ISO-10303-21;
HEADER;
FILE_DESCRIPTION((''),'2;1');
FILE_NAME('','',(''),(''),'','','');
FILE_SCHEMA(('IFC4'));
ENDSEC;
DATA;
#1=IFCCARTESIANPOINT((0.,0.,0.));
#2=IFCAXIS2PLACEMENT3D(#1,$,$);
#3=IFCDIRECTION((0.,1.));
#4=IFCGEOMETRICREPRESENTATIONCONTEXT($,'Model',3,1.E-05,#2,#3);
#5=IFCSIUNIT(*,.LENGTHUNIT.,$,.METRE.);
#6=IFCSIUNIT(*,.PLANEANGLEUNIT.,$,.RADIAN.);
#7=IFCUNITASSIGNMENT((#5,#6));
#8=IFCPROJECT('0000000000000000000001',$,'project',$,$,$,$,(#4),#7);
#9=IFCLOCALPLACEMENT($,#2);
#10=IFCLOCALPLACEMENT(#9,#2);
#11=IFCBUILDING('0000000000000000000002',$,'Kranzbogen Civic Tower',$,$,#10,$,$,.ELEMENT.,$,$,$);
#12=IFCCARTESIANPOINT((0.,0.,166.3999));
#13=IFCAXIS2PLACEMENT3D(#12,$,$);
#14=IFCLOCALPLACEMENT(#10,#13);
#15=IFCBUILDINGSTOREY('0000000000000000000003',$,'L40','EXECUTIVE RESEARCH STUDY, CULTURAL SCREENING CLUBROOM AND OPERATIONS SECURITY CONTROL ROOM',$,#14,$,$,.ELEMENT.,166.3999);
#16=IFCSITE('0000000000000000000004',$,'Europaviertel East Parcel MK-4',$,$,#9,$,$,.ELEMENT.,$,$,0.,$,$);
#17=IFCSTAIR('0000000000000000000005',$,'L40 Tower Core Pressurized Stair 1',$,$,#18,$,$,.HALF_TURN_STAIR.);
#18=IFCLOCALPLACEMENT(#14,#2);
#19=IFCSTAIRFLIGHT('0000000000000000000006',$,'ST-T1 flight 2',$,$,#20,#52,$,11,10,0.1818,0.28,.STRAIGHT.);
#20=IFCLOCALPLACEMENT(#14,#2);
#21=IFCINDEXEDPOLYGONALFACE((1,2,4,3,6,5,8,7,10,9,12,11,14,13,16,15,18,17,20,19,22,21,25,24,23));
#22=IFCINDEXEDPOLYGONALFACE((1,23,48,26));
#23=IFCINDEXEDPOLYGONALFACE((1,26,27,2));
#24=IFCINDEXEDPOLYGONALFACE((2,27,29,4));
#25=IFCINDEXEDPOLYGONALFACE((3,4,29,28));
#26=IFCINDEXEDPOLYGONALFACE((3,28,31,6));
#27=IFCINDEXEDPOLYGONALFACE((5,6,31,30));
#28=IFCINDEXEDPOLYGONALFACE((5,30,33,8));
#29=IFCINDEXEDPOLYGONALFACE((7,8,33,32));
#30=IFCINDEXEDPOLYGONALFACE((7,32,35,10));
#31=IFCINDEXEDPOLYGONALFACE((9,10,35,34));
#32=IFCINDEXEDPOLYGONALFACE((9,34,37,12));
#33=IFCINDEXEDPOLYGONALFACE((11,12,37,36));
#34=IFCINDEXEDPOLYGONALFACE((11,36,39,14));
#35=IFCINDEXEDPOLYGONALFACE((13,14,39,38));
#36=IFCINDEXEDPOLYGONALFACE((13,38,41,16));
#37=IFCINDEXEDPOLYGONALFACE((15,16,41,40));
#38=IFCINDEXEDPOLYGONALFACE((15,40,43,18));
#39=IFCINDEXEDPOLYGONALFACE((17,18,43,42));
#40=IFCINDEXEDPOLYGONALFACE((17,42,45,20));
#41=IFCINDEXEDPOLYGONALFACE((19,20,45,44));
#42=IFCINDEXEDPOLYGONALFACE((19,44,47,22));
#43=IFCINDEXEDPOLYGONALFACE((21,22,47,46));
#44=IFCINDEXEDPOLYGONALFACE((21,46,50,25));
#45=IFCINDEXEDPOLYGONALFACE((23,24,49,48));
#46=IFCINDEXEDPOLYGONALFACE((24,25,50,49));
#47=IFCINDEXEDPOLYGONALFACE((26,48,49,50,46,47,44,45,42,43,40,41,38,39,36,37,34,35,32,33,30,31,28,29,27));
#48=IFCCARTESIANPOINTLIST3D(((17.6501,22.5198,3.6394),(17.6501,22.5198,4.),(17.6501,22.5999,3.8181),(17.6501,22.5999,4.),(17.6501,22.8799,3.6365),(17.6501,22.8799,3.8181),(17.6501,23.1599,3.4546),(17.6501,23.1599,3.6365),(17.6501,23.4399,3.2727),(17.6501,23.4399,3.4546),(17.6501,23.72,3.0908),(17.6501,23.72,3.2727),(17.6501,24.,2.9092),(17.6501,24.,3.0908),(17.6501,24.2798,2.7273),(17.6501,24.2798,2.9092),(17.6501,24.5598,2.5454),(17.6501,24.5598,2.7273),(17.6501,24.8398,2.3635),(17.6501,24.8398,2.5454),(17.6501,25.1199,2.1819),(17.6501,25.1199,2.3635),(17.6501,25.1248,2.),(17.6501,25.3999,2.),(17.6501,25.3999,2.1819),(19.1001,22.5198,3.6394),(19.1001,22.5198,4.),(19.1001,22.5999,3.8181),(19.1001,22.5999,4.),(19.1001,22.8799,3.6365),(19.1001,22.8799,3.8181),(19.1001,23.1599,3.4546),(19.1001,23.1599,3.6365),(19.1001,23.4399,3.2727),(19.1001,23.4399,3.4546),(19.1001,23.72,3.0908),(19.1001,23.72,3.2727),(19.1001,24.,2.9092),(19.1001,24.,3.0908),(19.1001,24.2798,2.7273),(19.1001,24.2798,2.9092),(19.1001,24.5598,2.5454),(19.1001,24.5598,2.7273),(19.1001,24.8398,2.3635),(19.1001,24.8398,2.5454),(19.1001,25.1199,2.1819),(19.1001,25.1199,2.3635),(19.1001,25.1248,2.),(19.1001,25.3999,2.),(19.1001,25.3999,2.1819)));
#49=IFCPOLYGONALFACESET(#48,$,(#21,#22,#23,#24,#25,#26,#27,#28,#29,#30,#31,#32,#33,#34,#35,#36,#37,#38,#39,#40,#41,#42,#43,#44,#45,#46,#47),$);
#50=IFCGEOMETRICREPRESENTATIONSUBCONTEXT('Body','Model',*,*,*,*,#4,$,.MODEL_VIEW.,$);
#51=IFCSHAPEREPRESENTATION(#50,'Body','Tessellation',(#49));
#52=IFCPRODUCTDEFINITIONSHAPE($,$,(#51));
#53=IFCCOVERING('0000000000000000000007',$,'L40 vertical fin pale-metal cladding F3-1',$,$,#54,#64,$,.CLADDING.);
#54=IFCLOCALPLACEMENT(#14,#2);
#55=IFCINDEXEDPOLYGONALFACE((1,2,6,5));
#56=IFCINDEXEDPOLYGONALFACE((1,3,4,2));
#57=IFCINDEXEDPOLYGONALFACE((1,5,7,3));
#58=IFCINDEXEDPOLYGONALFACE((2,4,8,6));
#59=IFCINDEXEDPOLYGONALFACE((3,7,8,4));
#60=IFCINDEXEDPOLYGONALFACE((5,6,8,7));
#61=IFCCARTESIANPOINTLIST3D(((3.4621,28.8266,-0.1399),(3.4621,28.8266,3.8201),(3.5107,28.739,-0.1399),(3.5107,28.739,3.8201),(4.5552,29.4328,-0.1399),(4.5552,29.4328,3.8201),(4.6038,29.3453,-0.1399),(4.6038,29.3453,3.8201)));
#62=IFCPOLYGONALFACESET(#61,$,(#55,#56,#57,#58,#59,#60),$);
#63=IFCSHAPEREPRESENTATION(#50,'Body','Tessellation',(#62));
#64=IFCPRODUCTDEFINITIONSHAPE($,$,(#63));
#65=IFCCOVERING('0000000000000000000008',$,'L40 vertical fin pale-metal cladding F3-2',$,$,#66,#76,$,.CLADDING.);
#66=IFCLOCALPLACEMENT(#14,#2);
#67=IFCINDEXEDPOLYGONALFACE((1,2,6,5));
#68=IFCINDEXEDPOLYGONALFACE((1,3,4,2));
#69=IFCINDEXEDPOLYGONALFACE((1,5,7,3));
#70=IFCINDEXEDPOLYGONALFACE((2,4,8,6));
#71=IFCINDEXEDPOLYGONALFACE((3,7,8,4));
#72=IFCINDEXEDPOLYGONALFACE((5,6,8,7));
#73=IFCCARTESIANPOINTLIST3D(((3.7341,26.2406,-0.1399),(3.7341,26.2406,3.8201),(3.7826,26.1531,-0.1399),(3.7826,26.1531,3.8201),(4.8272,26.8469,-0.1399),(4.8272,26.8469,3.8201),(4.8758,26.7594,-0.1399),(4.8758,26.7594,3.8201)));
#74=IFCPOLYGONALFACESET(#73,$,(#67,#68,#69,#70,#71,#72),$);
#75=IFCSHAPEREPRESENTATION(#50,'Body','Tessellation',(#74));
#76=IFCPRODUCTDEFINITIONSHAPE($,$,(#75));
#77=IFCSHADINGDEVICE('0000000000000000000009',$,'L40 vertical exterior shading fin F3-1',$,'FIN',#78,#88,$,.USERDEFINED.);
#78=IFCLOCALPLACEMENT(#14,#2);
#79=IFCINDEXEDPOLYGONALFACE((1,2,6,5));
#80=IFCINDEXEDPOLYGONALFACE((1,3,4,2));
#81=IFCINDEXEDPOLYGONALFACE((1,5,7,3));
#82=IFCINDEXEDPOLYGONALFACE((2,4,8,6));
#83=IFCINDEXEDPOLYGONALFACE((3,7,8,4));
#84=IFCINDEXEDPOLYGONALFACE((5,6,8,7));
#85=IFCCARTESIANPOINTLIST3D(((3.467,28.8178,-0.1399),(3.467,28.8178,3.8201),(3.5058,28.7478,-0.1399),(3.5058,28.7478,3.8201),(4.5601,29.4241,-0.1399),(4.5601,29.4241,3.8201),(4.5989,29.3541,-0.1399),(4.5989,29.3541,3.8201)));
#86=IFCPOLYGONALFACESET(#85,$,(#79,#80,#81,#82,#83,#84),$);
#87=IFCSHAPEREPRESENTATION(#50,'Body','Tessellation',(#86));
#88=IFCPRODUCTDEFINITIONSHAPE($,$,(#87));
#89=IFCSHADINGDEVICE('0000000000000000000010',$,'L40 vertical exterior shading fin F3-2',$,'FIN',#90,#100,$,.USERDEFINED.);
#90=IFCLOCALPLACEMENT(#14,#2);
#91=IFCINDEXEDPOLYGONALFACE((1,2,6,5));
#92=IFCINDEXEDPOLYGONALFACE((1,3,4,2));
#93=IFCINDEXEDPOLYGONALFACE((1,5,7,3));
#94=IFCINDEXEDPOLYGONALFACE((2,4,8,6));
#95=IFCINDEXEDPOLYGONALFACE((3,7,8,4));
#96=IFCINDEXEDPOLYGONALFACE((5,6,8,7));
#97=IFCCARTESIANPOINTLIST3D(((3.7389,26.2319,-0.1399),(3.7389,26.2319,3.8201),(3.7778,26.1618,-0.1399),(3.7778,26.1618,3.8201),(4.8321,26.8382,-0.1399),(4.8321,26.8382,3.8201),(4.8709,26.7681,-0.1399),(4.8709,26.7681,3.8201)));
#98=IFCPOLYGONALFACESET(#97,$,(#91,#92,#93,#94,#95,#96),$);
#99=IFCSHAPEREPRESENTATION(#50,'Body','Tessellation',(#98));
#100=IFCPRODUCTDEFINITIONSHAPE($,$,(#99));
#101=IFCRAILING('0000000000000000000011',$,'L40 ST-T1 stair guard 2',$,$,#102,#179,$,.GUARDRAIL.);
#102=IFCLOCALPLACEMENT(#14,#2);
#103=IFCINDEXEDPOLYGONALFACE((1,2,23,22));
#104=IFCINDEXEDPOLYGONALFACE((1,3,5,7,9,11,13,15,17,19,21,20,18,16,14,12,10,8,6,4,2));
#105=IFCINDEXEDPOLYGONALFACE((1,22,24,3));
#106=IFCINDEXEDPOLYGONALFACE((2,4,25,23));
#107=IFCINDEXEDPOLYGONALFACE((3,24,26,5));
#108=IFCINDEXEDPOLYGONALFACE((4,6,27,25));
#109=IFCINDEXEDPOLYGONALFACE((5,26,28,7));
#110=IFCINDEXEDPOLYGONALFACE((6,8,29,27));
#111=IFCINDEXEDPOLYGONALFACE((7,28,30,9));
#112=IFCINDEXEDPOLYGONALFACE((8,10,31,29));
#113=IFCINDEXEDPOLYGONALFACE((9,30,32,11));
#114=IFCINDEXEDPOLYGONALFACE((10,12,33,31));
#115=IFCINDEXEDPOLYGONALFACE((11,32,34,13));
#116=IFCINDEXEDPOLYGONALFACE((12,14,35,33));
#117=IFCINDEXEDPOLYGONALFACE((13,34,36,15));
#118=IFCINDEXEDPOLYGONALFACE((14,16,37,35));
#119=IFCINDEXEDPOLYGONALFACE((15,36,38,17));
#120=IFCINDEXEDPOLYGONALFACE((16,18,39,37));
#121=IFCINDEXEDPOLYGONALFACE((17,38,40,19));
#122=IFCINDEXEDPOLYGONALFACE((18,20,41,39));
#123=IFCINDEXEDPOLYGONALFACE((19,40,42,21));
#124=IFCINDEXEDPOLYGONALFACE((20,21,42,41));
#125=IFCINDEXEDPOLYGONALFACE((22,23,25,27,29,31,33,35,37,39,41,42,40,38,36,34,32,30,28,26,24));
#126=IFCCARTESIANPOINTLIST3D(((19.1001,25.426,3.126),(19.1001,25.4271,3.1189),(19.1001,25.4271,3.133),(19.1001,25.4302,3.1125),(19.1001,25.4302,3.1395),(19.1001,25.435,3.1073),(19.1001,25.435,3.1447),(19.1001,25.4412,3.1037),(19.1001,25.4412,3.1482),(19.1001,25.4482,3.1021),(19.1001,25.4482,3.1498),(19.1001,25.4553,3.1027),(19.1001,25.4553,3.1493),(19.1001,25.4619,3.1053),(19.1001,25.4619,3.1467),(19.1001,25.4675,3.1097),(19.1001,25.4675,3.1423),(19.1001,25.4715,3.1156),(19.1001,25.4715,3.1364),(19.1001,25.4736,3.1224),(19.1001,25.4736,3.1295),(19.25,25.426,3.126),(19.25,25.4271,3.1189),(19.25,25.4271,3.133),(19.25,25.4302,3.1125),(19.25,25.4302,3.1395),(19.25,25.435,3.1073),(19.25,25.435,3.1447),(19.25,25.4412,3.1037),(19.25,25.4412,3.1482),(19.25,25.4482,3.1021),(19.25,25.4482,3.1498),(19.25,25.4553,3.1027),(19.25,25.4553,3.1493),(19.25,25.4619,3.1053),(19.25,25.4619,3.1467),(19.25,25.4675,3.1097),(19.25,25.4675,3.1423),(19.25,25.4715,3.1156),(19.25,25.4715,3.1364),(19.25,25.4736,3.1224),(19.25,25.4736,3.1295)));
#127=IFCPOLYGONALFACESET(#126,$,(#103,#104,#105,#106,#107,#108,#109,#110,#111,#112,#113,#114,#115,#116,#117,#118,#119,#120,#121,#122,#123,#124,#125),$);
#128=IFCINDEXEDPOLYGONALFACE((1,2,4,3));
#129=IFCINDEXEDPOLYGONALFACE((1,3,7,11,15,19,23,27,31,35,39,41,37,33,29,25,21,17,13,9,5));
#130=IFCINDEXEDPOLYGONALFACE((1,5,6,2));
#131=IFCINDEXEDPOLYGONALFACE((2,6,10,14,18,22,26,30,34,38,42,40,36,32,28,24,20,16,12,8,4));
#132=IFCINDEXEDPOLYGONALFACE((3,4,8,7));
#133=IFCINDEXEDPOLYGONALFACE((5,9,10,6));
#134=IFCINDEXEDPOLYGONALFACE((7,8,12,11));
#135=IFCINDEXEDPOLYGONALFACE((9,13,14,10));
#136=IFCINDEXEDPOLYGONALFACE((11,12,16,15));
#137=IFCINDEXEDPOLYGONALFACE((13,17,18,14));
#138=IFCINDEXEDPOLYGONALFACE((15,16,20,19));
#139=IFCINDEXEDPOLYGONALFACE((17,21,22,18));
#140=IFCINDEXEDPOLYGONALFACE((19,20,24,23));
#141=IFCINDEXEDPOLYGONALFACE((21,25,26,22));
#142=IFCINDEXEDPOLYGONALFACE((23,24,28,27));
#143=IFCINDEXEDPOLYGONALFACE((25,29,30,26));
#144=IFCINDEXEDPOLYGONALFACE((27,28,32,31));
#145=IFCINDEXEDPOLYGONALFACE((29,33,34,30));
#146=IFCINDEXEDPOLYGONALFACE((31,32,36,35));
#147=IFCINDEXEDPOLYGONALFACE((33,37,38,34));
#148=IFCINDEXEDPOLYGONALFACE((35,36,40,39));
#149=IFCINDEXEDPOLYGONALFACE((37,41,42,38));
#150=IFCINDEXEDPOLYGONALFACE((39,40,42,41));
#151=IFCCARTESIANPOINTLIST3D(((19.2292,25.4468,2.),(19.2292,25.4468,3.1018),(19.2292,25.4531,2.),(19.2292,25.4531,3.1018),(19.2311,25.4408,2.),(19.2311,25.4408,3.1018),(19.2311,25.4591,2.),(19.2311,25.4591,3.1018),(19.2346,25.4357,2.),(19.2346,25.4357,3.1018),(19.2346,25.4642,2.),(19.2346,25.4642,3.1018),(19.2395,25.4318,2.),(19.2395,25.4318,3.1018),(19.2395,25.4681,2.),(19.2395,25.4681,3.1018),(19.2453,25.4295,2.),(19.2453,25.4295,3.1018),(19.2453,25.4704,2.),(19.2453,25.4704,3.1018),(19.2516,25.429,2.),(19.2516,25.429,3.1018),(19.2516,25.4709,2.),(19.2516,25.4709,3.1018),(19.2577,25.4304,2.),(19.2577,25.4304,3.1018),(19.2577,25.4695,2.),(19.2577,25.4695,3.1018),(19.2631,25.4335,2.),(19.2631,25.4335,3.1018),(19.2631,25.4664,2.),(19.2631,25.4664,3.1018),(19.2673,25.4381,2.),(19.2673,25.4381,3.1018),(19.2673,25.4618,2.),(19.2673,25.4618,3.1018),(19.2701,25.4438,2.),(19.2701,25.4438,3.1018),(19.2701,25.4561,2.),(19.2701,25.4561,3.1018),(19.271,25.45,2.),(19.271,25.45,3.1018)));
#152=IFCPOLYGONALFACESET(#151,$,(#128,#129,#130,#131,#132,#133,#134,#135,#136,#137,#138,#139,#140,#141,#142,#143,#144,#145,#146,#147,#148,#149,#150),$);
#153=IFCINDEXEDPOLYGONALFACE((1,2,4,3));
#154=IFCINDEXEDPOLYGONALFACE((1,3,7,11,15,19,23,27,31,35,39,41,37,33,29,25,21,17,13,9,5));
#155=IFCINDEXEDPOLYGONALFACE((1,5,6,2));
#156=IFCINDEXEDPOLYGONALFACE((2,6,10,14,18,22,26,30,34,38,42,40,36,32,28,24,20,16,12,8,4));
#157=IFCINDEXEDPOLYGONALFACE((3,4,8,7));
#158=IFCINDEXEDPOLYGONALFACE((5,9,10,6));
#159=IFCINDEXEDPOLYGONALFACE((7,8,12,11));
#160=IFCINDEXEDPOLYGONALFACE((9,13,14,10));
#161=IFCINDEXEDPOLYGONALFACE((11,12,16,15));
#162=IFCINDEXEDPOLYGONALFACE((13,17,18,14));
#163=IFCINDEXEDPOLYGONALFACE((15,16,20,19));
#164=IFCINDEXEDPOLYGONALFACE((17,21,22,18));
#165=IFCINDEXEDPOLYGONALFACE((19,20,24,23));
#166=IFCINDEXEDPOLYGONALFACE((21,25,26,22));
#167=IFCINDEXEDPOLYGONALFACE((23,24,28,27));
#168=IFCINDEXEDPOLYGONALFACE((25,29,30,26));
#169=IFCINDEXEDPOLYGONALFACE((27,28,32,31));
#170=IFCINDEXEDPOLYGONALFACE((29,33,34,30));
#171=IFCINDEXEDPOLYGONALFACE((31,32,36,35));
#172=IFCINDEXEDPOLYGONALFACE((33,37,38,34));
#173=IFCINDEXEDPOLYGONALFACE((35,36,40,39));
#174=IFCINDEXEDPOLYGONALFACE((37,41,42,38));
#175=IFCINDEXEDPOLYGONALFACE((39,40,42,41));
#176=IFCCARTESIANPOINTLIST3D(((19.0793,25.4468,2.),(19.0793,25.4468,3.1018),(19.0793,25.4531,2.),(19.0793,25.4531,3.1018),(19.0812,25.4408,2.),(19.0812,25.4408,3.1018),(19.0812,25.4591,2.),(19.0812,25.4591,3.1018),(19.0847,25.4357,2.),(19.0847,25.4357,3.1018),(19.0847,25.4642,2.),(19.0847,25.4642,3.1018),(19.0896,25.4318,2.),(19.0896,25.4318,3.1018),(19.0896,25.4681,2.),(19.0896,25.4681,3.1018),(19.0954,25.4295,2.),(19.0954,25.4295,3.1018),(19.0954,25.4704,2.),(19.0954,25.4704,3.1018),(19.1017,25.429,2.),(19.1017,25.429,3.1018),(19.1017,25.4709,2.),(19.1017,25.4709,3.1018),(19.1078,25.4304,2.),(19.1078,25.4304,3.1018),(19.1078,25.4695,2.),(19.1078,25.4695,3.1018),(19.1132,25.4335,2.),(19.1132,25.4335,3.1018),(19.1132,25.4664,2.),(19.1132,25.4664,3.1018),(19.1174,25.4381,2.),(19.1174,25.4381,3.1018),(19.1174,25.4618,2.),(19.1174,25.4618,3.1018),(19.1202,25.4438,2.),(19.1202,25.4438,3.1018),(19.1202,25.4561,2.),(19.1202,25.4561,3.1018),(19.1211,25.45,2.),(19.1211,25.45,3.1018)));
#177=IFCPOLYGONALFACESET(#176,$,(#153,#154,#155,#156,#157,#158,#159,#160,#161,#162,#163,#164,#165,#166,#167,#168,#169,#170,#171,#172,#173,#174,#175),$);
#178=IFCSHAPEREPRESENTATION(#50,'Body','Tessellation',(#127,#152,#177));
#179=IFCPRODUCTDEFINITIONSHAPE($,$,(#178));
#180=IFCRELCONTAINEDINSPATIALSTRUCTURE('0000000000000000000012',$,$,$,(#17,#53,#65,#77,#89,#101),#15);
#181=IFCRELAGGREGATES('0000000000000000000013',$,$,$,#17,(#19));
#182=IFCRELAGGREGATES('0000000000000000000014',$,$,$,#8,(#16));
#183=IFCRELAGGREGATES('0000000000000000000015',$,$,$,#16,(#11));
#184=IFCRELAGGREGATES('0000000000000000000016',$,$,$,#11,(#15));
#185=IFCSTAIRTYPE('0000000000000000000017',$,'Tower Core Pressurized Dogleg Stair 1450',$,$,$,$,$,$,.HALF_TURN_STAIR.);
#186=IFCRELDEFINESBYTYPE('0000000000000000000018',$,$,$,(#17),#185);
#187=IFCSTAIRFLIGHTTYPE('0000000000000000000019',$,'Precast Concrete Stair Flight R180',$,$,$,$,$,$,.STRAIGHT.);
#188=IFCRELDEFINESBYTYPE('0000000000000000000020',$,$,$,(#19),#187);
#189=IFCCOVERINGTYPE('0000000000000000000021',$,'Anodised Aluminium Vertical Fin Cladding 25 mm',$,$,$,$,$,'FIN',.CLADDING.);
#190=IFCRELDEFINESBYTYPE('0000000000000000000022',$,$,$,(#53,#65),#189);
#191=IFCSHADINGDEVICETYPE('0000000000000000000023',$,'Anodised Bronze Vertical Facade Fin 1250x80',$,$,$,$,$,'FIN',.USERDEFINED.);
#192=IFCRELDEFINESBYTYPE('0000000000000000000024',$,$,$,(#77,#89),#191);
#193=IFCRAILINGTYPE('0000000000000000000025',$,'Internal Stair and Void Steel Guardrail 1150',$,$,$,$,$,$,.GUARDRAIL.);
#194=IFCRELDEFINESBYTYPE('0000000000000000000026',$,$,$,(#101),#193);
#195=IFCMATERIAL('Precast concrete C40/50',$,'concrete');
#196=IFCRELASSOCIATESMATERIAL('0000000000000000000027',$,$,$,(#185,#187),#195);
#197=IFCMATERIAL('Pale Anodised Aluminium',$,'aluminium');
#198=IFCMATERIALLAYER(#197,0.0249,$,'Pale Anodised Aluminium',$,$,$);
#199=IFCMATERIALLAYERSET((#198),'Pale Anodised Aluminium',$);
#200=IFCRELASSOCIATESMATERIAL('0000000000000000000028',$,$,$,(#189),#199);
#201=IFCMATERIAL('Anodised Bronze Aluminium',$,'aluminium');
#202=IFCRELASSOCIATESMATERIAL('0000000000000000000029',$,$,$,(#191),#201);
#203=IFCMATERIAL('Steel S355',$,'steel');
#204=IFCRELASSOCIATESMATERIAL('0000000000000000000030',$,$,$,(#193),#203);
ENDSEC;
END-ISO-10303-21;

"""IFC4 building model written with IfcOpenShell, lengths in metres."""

from ifc_helpers import new_model, si_unit, direction, frame, origin, origin_2d, place, context, subcontext, project, spatial, polyline, rectangle, circle, outline, extrude, material, layer, layer_set, type_object, element, aggregate, save


model = new_model("IFC4")

# Units and contexts
model_context = context("Model", 3, precision=1e-05, world=origin(), true_north=direction((0.0, 1.0)))
body_context = subcontext(model_context, "Body", "Model", "MODEL_VIEW")
ifc_project = project(units=[si_unit("LENGTHUNIT", "METRE"), si_unit("PLANEANGLEUNIT", "RADIAN")], contexts=[model_context])

# Site, building, storey
site_placement = place(None, origin())
site = spatial("IfcSite", under=ifc_project, at=site_placement, Name="Europaviertel East Parcel MK-4", CompositionType="ELEMENT", RefElevation=0.0)
building_placement = place(site_placement, origin())
building = spatial("IfcBuilding", under=site, at=building_placement, Name="Kranzbogen Civic Tower", CompositionType="ELEMENT")
storey_placement = place(building_placement, frame((0.0, 0.0, 166.3999)))
storey = spatial("IfcBuildingStorey", under=building, at=storey_placement, Name="L40", Description="EXECUTIVE RESEARCH STUDY, CULTURAL SCREENING CLUBROOM AND OPERATIONS SECURITY CONTROL ROOM", CompositionType="ELEMENT", Elevation=166.3999)

# Shared definitions
ifc_material_1 = material(Name="Pale Anodised Aluminium", Category="aluminium")

# Shared definitions
ifc_material_2 = material(Name="Steel S355", Category="steel")

# Stair, stair flight
ifc_material_3 = material(Name="Precast concrete C40/50", Category="concrete")
stair_type = type_object("IfcStairType", Name="Tower Core Pressurized Dogleg Stair 1450", PredefinedType="HALF_TURN_STAIR", material=ifc_material_3)
stair_placement = place(storey_placement, origin())
stair = element("IfcStair", 1, at=stair_placement, inside=storey, type_object=stair_type, Name="L40 Tower Core Pressurized Stair 1", PredefinedType="HALF_TURN_STAIR")
stair_flight_type = type_object("IfcStairFlightType", Name="Precast Concrete Stair Flight R180", PredefinedType="STRAIGHT", material=ifc_material_3)
stair_flight_placement = place(storey_placement, frame((18.375, 25.3999, 2.0), z_axis=(0.0, 0.0, 1.0), x_axis=(0.0, -1.0, 0.0)))
stair_flight = element("IfcStairFlight", 2, at=stair_flight_placement, type_object=stair_flight_type, Name="ST-T1 flight 2", NumberOfRisers=11, NumberOfTreads=10, PredefinedType="STRAIGHT", RiserHeight=0.1818, TreadLength=0.28, context=body_context, shape_type="SweptSolid", body=[
    extrude(outline(polyline([(0.0, 0.0), (0.0, 0.1819), (0.28, 0.1819), (0.28, 0.3635), (0.5601, 0.3635), (0.5601, 0.5454), (0.8401, 0.5454), (0.8401, 0.7273), (1.1201, 0.7273), (1.1201, 0.9092), (1.3999, 0.9092), (1.3999, 1.0908), (1.6799, 1.0908), (1.6799, 1.2727), (1.96, 1.2727), (1.96, 1.4546), (2.24, 1.4546), (2.24, 1.6365), (2.52, 1.6365), (2.52, 1.8181), (2.8, 1.8181), (2.8, 2.0), (2.8801, 2.0), (2.8801, 1.6394), (0.2751, 0.0), (0.0, 0.0)])), frame((0.0, 0.7251, 0.0), z_axis=(0.0, -1.0, 0.0), x_axis=(1.0, 0.0, 0.0)), (0.0, 0.0, 1.0), 1.45),
])
aggregate(stair, [stair_flight])

# Coverings
ifc_layer_1 = layer(ifc_material_1, 0.0249, Name="Pale Anodised Aluminium")
ifc_layer_set_1 = layer_set([ifc_layer_1], Name="Pale Anodised Aluminium")
covering_type = type_object("IfcCoveringType", Name="Anodised Aluminium Vertical Fin Cladding 25 mm", ElementType="FIN", PredefinedType="CLADDING", material=ifc_layer_set_1)
for number, where, z_axis, x_axis, name in (
    (3, (4.033, 29.0859, -0.1399), (0.0, 0.0, 1.0), (-0.874501, -0.485023, 0.0), "L40 vertical fin pale-metal cladding F3-1"),
    (4, (4.3049, 26.5, -0.1399), (0.0, 0.0, 1.0), (-0.874501, -0.485023, 0.0), "L40 vertical fin pale-metal cladding F3-2"),
):
    element("IfcCovering", number, at=place(storey_placement, frame(where, z_axis=z_axis, x_axis=x_axis)), inside=storey, type_object=covering_type, Name=name, PredefinedType="CLADDING", context=body_context, shape_type="SweptSolid", body=[
        extrude(rectangle(XDim=1.25, YDim=0.1001, at=origin_2d()), origin(), (0.0, 0.0, 1.0), 3.96),
    ])

# Shading devices
ifc_material_4 = material(Name="Anodised Bronze Aluminium", Category="aluminium")
shading_device_type = type_object("IfcShadingDeviceType", Name="Anodised Bronze Vertical Facade Fin 1250x80", ElementType="FIN", PredefinedType="USERDEFINED", material=ifc_material_4)
for number, where, z_axis, x_axis, name in (
    (5, (4.033, 29.0859, -0.1399), (0.0, 0.0, 1.0), (-0.874501, -0.485023, 0.0), "L40 vertical exterior shading fin F3-1"),
    (6, (4.3049, 26.5, -0.1399), (0.0, 0.0, 1.0), (-0.874501, -0.485023, 0.0), "L40 vertical exterior shading fin F3-2"),
):
    element("IfcShadingDevice", number, at=place(storey_placement, frame(where, z_axis=z_axis, x_axis=x_axis)), inside=storey, type_object=shading_device_type, Name=name, ObjectType="FIN", PredefinedType="USERDEFINED", context=body_context, shape_type="SweptSolid", body=[
        extrude(rectangle(XDim=1.25, YDim=0.0801, at=origin_2d()), origin(), (0.0, 0.0, 1.0), 3.96),
    ])

# Railing
railing_type_1 = type_object("IfcRailingType", Name="Internal Stair and Void Steel Guardrail 1150", PredefinedType="GUARDRAIL", material=ifc_material_2)
railing_1_placement = place(storey_placement, frame((19.25, 25.45, 2.0)))
element("IfcRailing", 7, at=railing_1_placement, inside=storey, type_object=railing_type_1, Name="L40 ST-T1 stair guard 2", PredefinedType="GUARDRAIL", context=body_context, shape_type="SweptSolid", body=[
    extrude(circle(Radius=0.0239, at=origin_2d()), frame((0.0, 0.0, 1.126), z_axis=(-1.0, 0.0, 0.0), x_axis=(0.0, -1.0, 0.0)), (0.0, 0.0, 1.0), 0.1499),
    extrude(circle(Radius=0.021, at=origin_2d()), origin(), (0.0, 0.0, 1.0), 1.1018),
    extrude(circle(Radius=0.021, at=origin_2d()), frame((-0.1499, 0.0, 0.0)), (0.0, 0.0, 1.0), 1.1018),
])

save(model, "model.ifc")
